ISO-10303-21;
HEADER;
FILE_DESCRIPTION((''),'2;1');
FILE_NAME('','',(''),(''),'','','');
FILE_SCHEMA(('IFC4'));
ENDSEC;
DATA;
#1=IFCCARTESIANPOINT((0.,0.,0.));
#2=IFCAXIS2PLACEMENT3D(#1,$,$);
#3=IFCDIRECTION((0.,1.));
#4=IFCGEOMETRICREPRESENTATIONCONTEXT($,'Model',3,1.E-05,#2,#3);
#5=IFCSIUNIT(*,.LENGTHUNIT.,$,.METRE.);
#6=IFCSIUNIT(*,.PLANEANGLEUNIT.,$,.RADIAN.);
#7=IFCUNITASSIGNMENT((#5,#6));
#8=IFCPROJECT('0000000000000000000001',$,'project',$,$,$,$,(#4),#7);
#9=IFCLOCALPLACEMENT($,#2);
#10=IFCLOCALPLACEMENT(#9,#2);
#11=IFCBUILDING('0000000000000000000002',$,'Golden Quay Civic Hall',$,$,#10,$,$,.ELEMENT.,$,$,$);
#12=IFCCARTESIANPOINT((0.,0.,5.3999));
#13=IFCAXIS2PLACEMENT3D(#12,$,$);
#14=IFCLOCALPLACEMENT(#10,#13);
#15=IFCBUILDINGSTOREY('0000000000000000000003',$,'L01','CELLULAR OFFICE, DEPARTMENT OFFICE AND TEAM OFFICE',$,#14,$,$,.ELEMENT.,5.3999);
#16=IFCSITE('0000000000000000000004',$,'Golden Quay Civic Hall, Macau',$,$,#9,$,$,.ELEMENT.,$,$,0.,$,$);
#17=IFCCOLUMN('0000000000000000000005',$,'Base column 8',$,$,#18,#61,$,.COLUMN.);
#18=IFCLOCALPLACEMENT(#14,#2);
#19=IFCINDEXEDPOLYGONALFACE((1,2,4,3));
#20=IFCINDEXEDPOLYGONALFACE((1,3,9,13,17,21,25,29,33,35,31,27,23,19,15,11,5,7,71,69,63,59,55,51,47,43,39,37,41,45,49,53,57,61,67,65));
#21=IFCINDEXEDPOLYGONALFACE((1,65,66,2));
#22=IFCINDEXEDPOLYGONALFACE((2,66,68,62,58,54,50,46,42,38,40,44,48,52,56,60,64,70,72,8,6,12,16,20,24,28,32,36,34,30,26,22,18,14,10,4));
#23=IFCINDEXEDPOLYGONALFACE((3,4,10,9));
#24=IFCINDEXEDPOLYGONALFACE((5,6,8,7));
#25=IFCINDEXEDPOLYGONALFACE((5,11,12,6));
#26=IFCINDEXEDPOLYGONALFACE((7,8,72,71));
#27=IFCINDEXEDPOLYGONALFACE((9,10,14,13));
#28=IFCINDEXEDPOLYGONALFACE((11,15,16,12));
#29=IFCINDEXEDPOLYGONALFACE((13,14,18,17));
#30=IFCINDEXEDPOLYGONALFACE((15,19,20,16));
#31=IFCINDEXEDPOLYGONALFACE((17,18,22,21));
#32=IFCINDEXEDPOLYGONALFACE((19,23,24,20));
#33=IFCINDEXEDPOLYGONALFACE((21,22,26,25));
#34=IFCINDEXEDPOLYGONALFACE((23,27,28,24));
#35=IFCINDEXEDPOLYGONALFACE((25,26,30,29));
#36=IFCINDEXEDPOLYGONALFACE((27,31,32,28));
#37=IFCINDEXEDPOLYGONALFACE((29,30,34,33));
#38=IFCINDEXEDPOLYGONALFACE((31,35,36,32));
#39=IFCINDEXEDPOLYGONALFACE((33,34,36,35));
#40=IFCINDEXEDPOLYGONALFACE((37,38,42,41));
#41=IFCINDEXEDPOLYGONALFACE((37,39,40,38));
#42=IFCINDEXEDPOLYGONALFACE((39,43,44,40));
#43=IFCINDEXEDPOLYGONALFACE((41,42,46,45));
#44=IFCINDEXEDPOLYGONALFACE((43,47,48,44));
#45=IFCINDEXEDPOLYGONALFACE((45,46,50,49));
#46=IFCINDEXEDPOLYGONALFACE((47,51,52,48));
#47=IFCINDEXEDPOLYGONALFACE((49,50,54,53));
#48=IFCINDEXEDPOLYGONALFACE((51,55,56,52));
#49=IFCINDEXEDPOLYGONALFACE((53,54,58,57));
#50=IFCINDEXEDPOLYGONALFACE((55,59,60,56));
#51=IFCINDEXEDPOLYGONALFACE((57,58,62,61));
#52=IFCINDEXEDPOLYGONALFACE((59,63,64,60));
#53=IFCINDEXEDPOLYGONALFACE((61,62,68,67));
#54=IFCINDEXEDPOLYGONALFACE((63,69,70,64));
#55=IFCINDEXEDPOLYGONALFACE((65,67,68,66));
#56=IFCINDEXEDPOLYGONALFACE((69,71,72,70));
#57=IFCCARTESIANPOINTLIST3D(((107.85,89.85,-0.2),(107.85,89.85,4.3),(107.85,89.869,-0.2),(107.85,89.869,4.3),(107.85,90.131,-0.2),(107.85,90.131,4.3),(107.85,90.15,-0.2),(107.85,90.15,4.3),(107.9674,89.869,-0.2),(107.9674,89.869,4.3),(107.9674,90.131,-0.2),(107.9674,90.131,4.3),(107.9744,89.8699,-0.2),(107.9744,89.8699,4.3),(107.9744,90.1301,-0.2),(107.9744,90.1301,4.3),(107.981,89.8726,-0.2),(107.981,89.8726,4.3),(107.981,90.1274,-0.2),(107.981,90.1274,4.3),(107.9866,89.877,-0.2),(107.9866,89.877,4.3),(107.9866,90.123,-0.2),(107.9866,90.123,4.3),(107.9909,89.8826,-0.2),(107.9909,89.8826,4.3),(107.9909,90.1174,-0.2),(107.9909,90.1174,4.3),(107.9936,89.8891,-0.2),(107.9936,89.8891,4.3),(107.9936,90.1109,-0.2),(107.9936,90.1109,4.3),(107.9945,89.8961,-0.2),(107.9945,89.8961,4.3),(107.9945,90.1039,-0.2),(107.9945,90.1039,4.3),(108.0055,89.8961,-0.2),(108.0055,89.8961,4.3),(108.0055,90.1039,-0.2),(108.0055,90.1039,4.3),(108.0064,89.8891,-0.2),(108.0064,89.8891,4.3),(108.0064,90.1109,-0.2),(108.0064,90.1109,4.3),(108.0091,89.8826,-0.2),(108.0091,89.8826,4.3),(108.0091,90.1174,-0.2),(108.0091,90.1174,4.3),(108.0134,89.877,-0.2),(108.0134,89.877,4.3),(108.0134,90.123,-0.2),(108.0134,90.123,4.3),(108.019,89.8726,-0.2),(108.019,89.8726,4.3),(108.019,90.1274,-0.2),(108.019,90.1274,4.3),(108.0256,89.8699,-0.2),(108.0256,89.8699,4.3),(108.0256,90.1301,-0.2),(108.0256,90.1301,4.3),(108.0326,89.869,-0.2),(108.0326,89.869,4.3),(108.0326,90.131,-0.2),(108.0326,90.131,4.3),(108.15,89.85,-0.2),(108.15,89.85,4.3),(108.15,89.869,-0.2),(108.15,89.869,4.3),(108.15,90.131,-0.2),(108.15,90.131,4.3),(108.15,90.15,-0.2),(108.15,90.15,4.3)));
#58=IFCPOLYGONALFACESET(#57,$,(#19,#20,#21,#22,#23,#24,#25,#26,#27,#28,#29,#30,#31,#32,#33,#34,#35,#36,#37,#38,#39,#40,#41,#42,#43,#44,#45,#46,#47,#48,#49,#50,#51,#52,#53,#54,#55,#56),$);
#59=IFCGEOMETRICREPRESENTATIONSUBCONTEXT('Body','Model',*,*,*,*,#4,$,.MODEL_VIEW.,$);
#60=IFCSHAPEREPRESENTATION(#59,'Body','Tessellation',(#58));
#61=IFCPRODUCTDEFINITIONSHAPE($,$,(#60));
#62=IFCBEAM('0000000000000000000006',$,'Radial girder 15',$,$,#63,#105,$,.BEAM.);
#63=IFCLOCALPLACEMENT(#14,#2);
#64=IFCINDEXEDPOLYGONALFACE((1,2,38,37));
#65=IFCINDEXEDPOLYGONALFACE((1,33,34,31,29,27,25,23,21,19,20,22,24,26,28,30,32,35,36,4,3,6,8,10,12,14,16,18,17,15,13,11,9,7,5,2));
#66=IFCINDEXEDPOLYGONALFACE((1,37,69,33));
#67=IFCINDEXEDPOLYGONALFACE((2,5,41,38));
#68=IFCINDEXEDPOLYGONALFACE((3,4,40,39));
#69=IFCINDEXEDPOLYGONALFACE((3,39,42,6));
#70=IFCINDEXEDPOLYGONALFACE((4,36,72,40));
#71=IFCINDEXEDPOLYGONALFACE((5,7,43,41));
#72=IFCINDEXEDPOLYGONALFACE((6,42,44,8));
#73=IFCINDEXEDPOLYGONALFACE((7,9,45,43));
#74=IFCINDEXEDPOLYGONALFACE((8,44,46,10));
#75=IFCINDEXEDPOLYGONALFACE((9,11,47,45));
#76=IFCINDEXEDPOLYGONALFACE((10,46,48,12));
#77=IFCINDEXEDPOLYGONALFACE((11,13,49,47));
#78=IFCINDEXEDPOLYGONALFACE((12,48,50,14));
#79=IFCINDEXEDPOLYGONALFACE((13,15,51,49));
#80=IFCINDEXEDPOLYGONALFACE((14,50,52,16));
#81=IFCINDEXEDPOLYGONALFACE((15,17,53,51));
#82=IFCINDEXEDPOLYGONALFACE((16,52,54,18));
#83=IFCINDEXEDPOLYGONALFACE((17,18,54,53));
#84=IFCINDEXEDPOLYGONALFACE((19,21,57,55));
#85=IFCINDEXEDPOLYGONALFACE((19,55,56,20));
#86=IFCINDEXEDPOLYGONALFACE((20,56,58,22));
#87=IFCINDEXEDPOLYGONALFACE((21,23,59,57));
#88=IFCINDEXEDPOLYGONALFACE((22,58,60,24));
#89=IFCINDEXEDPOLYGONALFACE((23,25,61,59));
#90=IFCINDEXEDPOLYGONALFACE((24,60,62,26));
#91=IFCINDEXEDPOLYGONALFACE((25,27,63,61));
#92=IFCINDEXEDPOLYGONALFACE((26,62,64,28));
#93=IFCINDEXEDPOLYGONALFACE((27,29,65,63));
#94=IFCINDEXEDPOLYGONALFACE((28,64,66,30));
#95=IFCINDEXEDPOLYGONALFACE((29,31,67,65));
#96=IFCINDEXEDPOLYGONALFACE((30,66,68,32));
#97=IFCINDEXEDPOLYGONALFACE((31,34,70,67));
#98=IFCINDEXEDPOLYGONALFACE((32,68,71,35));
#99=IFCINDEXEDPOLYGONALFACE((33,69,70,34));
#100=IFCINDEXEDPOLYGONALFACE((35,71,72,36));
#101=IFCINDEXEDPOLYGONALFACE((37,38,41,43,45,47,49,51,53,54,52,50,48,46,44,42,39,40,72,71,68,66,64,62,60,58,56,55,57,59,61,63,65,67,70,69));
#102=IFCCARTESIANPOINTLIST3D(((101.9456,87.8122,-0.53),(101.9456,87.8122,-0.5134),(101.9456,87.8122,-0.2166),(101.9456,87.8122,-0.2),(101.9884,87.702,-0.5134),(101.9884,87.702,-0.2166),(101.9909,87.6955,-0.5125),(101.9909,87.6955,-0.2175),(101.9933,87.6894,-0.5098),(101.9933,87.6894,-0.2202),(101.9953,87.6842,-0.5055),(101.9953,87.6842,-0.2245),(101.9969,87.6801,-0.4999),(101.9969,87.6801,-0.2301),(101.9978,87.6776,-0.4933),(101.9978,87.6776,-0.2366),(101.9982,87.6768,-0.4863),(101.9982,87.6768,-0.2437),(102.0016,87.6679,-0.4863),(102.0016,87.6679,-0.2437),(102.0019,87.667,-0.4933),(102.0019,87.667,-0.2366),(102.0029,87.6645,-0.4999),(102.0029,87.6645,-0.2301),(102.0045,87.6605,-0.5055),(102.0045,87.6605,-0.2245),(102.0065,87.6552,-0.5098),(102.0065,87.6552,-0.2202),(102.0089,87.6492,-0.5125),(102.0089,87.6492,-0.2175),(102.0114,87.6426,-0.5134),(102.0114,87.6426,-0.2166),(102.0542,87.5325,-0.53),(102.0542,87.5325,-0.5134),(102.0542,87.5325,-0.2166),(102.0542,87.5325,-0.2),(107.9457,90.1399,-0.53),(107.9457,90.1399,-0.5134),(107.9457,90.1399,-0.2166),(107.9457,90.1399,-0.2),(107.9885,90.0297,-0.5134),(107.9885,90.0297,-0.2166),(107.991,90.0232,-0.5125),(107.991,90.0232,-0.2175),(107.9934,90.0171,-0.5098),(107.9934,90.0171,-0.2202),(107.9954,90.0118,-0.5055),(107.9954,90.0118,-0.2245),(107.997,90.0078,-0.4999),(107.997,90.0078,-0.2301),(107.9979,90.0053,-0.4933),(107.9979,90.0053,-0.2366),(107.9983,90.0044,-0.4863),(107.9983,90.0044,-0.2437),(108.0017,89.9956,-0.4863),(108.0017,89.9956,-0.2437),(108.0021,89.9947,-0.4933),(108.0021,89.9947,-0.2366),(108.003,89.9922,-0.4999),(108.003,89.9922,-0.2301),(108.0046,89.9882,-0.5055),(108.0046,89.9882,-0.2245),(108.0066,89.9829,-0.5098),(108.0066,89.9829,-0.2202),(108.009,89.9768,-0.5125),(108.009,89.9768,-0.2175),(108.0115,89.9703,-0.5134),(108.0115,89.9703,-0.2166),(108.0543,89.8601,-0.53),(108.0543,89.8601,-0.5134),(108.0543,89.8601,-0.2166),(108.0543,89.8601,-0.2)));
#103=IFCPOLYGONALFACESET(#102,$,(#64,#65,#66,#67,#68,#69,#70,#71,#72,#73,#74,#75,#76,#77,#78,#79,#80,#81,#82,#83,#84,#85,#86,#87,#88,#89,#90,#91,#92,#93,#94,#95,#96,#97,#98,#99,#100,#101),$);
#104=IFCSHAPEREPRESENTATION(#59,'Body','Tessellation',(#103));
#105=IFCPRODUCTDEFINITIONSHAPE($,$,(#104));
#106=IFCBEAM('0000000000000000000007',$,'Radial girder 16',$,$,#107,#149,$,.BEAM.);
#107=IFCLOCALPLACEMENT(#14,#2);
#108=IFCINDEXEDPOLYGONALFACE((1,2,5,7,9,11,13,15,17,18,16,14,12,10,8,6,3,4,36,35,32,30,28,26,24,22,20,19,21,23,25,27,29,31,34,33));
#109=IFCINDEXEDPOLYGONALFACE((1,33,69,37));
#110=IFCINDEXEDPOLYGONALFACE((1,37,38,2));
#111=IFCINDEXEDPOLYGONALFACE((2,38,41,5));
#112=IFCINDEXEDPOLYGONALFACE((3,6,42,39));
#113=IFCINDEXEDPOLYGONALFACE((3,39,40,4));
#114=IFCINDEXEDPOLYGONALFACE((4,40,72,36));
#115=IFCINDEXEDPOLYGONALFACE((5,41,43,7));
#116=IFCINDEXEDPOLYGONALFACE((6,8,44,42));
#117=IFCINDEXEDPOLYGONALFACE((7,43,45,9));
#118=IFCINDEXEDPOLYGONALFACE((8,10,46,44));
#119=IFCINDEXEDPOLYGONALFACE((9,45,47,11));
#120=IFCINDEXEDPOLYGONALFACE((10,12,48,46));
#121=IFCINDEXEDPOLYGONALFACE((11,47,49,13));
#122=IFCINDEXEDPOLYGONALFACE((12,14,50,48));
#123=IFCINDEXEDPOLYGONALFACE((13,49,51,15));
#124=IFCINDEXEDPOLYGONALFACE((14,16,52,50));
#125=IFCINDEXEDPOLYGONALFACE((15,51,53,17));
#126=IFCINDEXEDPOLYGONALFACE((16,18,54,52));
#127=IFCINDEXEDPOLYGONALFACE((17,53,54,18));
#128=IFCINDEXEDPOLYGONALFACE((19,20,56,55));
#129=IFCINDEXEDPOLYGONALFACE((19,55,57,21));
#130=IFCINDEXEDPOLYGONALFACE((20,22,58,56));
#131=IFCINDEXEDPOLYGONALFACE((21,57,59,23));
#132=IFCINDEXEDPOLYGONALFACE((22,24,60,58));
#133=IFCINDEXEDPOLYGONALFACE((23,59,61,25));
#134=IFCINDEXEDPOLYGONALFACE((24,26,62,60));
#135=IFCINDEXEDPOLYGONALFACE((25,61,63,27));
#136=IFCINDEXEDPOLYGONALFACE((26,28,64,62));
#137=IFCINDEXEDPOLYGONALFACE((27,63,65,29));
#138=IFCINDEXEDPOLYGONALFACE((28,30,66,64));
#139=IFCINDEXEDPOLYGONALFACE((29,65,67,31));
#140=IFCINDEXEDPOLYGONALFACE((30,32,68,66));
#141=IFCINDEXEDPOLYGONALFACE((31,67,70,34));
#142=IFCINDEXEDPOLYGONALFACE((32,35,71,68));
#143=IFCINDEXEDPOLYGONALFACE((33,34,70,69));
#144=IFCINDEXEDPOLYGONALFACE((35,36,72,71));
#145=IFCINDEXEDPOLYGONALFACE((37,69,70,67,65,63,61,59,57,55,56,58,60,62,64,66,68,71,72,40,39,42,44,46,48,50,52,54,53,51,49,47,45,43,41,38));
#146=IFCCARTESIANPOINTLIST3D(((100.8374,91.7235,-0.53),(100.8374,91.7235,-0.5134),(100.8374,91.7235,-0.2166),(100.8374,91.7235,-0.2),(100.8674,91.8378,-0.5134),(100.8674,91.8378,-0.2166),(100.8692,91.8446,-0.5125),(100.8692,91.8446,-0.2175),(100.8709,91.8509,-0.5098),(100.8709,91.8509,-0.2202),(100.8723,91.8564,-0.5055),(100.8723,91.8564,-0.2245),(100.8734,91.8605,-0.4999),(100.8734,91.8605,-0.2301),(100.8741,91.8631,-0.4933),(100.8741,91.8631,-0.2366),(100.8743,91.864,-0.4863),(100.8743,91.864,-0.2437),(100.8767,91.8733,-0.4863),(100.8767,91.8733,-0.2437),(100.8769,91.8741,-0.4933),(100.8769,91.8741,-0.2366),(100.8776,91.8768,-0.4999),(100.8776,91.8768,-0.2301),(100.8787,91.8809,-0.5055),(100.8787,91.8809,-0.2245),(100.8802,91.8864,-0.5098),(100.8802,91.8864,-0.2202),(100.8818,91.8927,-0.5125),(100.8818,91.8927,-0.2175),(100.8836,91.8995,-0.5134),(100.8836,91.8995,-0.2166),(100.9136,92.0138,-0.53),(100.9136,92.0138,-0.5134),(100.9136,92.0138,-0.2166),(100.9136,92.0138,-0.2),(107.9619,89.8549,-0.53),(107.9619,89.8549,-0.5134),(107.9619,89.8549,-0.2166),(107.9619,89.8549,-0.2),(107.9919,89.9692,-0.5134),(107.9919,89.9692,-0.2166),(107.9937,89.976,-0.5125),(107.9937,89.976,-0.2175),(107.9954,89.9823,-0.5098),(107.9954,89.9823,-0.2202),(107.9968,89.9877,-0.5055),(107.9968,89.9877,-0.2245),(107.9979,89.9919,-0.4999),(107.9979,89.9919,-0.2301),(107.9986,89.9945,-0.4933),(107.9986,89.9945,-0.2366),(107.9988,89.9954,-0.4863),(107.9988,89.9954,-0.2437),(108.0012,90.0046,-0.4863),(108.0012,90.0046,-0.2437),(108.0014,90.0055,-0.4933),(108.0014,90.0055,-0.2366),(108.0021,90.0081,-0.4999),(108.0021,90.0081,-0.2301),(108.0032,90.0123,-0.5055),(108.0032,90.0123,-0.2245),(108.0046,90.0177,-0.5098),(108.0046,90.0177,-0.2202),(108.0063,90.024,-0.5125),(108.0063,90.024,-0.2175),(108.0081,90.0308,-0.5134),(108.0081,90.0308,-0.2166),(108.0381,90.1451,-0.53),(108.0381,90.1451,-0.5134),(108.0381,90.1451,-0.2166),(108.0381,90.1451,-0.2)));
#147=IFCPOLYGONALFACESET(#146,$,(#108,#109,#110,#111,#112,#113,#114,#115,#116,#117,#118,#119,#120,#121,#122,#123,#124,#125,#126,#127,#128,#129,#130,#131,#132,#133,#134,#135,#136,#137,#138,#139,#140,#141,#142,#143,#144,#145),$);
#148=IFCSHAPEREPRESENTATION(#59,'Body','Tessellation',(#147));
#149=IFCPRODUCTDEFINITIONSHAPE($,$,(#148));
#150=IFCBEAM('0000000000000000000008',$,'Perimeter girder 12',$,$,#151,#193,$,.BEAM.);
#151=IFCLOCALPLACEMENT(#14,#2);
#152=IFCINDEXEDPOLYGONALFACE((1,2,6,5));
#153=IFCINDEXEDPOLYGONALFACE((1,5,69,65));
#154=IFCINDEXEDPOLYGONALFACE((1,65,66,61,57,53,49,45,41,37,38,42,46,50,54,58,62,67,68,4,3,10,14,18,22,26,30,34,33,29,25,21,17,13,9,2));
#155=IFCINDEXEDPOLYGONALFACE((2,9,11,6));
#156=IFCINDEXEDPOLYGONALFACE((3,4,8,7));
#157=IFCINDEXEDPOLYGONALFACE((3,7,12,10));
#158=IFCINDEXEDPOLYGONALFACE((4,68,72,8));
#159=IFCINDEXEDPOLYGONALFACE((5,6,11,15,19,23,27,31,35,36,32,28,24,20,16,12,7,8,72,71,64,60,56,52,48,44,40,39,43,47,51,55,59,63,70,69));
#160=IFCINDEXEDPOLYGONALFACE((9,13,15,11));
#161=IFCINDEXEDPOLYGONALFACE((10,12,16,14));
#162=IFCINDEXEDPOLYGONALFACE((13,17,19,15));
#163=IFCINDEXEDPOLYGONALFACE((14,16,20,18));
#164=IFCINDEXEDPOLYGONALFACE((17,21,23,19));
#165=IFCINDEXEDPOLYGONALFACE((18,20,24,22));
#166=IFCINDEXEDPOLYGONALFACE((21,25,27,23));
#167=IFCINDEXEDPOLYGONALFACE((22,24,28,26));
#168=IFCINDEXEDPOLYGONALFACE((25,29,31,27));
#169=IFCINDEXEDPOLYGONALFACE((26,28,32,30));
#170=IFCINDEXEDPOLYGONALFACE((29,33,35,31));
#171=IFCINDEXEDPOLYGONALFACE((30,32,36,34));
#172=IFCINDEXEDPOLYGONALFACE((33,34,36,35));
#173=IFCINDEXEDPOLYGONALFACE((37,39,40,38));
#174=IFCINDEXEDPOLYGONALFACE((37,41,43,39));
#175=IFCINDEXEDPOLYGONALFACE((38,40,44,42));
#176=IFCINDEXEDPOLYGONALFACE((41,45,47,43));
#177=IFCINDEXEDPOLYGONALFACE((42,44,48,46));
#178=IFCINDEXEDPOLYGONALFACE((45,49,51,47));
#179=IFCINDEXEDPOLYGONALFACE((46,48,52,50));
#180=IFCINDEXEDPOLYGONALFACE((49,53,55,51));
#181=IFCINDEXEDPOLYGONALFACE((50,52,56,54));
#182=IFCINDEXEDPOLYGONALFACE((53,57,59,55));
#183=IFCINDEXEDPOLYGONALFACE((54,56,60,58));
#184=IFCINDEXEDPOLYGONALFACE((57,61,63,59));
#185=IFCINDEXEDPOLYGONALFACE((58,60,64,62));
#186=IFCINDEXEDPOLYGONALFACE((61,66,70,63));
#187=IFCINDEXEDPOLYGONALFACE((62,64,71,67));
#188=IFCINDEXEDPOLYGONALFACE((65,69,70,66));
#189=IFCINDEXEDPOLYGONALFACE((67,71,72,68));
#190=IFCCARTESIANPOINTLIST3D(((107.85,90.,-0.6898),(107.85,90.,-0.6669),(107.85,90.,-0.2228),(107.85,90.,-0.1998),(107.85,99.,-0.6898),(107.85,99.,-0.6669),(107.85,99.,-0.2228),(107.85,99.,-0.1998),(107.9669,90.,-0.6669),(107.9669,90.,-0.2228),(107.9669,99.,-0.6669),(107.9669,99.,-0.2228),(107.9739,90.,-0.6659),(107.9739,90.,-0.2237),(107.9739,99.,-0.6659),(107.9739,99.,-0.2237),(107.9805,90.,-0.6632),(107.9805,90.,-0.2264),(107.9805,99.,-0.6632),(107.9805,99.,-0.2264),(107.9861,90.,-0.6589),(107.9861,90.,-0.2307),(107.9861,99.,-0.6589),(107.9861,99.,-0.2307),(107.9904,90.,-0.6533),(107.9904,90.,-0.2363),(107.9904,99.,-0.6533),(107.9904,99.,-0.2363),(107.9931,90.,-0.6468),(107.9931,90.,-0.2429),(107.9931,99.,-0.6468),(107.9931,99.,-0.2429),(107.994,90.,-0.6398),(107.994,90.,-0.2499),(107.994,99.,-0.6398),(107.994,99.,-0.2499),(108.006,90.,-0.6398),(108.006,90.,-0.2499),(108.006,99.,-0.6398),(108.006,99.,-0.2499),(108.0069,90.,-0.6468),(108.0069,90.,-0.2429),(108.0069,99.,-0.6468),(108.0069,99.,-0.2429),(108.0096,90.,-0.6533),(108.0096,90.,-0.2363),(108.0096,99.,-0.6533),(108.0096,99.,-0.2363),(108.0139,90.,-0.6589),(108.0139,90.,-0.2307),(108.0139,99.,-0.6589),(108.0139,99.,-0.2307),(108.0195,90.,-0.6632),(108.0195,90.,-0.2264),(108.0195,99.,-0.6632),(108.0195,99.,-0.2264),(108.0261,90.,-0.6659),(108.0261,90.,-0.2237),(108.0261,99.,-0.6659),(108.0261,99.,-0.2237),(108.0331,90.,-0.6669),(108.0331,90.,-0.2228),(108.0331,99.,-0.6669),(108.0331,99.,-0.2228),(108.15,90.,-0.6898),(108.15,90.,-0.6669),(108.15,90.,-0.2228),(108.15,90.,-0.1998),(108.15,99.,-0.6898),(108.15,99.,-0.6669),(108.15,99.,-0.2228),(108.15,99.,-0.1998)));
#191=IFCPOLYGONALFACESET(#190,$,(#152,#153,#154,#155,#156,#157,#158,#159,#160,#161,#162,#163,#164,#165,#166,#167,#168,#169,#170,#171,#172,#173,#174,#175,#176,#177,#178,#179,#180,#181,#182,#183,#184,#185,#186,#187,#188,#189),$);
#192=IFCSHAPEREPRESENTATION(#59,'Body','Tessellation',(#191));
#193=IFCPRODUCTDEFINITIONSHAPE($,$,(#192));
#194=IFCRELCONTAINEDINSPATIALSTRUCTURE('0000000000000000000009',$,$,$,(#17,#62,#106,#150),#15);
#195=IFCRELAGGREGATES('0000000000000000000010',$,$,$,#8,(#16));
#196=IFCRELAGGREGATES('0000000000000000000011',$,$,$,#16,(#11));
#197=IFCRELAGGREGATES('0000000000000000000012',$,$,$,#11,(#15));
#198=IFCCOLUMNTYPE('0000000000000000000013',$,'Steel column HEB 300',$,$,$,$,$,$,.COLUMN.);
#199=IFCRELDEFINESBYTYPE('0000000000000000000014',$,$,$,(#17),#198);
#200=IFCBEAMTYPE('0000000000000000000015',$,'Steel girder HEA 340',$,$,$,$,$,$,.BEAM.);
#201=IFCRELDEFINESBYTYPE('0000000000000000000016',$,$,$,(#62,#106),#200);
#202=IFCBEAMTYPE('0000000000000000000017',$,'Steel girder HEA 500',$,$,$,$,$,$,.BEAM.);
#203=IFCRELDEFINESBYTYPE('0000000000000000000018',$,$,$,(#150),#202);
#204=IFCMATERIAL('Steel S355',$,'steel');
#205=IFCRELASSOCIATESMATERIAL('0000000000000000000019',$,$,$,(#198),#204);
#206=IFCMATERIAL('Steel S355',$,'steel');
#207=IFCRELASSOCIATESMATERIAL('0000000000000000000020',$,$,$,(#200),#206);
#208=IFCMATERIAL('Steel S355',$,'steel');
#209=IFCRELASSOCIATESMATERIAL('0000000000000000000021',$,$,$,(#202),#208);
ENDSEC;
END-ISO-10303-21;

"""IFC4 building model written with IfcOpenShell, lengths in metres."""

from ifc_helpers import new_model, si_unit, direction, frame, origin, origin_2d, place, context, subcontext, project, spatial, i_section, extrude, material, material_profile, profile_set, type_object, element, save


model = new_model("IFC4")

# Units and contexts
model_context = context("Model", 3, precision=1e-05, world=origin(), true_north=direction((0.0, 1.0)))
body_context = subcontext(model_context, "Body", "Model", "MODEL_VIEW")
ifc_project = project(units=[si_unit("LENGTHUNIT", "METRE"), si_unit("PLANEANGLEUNIT", "RADIAN")], contexts=[model_context])

# Site, building, storey
site_placement = place(None, origin())
site = spatial("IfcSite", under=ifc_project, at=site_placement, Name="Golden Quay Civic Hall, Macau", CompositionType="ELEMENT", RefElevation=0.0)
building_placement = place(site_placement, origin())
building = spatial("IfcBuilding", under=site, at=building_placement, Name="Golden Quay Civic Hall", CompositionType="ELEMENT")
storey_placement = place(building_placement, frame((0.0, 0.0, 5.3999)))
storey = spatial("IfcBuildingStorey", under=building, at=storey_placement, Name="L01", Description="CELLULAR OFFICE, DEPARTMENT OFFICE AND TEAM OFFICE", CompositionType="ELEMENT", Elevation=5.3999)

# Column
ifc_material_1 = material(Name="Steel S355", Category="steel")
ifc_material_profile_1 = material_profile(ifc_material_1, i_section(OverallWidth=0.3, OverallDepth=0.3, WebThickness=0.011, FlangeThickness=0.019, FilletRadius=0.0271, at=origin_2d()), Name="HEB 300")
ifc_profile_set_1 = profile_set([ifc_material_profile_1], Name="Steel S355")
column_type = type_object("IfcColumnType", Name="Steel column HEB 300", PredefinedType="COLUMN", material=ifc_profile_set_1)
column_placement = place(storey_placement, frame((108.0, 90.0, -0.2), z_axis=(0.0, 0.0, 1.0), x_axis=(1.0, 0.0, 0.0)))
element("IfcColumn", 1, at=column_placement, inside=storey, type_object=column_type, Name="Base column 8", PredefinedType="COLUMN", context=body_context, shape_type="SweptSolid", body=[
    extrude(i_section(OverallWidth=0.3, OverallDepth=0.3, WebThickness=0.011, FlangeThickness=0.019, FilletRadius=0.0271, at=origin_2d()), origin(), (0.0, 0.0, 1.0), 4.5),
])

# Beams
ifc_material_2 = material(Name="Steel S355", Category="steel")
ifc_material_profile_2 = material_profile(ifc_material_2, i_section(OverallWidth=0.3, OverallDepth=0.3301, WebThickness=0.0095, FlangeThickness=0.0166, FilletRadius=0.0271, at=origin_2d()), Name="HEA 340")
ifc_profile_set_2 = profile_set([ifc_material_profile_2], Name="Steel S355")
beam_type_1 = type_object("IfcBeamType", Name="Steel girder HEA 340", PredefinedType="BEAM", material=ifc_profile_set_2)
beam_1_placement = place(storey_placement, frame((108.0, 90.0, -0.365), z_axis=(-0.932303, -0.361677, 0.0), x_axis=(0.361677, -0.932303, 0.0)))
element("IfcBeam", 2, at=beam_1_placement, inside=storey, type_object=beam_type_1, Name="Radial girder 15", PredefinedType="BEAM", context=body_context, shape_type="SweptSolid", body=[
    extrude(i_section(OverallWidth=0.3, OverallDepth=0.3301, WebThickness=0.0095, FlangeThickness=0.0166, FilletRadius=0.0271, at=origin_2d()), origin(), (0.0, 0.0, 1.0), 6.4358),
])
beam_2_placement = place(storey_placement, frame((108.0, 90.0, -0.365), z_axis=(-0.967282, 0.253704, 0.0), x_axis=(-0.253704, -0.967282, 0.0)))
element("IfcBeam", 3, at=beam_2_placement, inside=storey, type_object=beam_type_1, Name="Radial girder 16", PredefinedType="BEAM", context=body_context, shape_type="SweptSolid", body=[
    extrude(i_section(OverallWidth=0.3, OverallDepth=0.3301, WebThickness=0.0095, FlangeThickness=0.0166, FilletRadius=0.0271, at=origin_2d()), origin(), (0.0, 0.0, 1.0), 7.3655),
])
ifc_material_3 = material(Name="Steel S355", Category="steel")
ifc_material_profile_3 = material_profile(ifc_material_3, i_section(OverallWidth=0.3, OverallDepth=0.49, WebThickness=0.012, FlangeThickness=0.0229, FilletRadius=0.0271, at=origin_2d()), Name="HEA 500")
ifc_profile_set_3 = profile_set([ifc_material_profile_3], Name="Steel S355")
beam_type_2 = type_object("IfcBeamType", Name="Steel girder HEA 500", PredefinedType="BEAM", material=ifc_profile_set_3)
beam_3_placement = place(storey_placement, frame((108.0, 90.0, -0.4448), z_axis=(0.0, 1.0, 0.0), x_axis=(-1.0, 0.0, 0.0)))
element("IfcBeam", 4, at=beam_3_placement, inside=storey, type_object=beam_type_2, Name="Perimeter girder 12", PredefinedType="BEAM", context=body_context, shape_type="SweptSolid", body=[
    extrude(i_section(OverallWidth=0.3, OverallDepth=0.49, WebThickness=0.012, FlangeThickness=0.0229, FilletRadius=0.0271, at=origin_2d()), origin(), (0.0, 0.0, 1.0), 9.0),
])

save(model, "model.ifc")
